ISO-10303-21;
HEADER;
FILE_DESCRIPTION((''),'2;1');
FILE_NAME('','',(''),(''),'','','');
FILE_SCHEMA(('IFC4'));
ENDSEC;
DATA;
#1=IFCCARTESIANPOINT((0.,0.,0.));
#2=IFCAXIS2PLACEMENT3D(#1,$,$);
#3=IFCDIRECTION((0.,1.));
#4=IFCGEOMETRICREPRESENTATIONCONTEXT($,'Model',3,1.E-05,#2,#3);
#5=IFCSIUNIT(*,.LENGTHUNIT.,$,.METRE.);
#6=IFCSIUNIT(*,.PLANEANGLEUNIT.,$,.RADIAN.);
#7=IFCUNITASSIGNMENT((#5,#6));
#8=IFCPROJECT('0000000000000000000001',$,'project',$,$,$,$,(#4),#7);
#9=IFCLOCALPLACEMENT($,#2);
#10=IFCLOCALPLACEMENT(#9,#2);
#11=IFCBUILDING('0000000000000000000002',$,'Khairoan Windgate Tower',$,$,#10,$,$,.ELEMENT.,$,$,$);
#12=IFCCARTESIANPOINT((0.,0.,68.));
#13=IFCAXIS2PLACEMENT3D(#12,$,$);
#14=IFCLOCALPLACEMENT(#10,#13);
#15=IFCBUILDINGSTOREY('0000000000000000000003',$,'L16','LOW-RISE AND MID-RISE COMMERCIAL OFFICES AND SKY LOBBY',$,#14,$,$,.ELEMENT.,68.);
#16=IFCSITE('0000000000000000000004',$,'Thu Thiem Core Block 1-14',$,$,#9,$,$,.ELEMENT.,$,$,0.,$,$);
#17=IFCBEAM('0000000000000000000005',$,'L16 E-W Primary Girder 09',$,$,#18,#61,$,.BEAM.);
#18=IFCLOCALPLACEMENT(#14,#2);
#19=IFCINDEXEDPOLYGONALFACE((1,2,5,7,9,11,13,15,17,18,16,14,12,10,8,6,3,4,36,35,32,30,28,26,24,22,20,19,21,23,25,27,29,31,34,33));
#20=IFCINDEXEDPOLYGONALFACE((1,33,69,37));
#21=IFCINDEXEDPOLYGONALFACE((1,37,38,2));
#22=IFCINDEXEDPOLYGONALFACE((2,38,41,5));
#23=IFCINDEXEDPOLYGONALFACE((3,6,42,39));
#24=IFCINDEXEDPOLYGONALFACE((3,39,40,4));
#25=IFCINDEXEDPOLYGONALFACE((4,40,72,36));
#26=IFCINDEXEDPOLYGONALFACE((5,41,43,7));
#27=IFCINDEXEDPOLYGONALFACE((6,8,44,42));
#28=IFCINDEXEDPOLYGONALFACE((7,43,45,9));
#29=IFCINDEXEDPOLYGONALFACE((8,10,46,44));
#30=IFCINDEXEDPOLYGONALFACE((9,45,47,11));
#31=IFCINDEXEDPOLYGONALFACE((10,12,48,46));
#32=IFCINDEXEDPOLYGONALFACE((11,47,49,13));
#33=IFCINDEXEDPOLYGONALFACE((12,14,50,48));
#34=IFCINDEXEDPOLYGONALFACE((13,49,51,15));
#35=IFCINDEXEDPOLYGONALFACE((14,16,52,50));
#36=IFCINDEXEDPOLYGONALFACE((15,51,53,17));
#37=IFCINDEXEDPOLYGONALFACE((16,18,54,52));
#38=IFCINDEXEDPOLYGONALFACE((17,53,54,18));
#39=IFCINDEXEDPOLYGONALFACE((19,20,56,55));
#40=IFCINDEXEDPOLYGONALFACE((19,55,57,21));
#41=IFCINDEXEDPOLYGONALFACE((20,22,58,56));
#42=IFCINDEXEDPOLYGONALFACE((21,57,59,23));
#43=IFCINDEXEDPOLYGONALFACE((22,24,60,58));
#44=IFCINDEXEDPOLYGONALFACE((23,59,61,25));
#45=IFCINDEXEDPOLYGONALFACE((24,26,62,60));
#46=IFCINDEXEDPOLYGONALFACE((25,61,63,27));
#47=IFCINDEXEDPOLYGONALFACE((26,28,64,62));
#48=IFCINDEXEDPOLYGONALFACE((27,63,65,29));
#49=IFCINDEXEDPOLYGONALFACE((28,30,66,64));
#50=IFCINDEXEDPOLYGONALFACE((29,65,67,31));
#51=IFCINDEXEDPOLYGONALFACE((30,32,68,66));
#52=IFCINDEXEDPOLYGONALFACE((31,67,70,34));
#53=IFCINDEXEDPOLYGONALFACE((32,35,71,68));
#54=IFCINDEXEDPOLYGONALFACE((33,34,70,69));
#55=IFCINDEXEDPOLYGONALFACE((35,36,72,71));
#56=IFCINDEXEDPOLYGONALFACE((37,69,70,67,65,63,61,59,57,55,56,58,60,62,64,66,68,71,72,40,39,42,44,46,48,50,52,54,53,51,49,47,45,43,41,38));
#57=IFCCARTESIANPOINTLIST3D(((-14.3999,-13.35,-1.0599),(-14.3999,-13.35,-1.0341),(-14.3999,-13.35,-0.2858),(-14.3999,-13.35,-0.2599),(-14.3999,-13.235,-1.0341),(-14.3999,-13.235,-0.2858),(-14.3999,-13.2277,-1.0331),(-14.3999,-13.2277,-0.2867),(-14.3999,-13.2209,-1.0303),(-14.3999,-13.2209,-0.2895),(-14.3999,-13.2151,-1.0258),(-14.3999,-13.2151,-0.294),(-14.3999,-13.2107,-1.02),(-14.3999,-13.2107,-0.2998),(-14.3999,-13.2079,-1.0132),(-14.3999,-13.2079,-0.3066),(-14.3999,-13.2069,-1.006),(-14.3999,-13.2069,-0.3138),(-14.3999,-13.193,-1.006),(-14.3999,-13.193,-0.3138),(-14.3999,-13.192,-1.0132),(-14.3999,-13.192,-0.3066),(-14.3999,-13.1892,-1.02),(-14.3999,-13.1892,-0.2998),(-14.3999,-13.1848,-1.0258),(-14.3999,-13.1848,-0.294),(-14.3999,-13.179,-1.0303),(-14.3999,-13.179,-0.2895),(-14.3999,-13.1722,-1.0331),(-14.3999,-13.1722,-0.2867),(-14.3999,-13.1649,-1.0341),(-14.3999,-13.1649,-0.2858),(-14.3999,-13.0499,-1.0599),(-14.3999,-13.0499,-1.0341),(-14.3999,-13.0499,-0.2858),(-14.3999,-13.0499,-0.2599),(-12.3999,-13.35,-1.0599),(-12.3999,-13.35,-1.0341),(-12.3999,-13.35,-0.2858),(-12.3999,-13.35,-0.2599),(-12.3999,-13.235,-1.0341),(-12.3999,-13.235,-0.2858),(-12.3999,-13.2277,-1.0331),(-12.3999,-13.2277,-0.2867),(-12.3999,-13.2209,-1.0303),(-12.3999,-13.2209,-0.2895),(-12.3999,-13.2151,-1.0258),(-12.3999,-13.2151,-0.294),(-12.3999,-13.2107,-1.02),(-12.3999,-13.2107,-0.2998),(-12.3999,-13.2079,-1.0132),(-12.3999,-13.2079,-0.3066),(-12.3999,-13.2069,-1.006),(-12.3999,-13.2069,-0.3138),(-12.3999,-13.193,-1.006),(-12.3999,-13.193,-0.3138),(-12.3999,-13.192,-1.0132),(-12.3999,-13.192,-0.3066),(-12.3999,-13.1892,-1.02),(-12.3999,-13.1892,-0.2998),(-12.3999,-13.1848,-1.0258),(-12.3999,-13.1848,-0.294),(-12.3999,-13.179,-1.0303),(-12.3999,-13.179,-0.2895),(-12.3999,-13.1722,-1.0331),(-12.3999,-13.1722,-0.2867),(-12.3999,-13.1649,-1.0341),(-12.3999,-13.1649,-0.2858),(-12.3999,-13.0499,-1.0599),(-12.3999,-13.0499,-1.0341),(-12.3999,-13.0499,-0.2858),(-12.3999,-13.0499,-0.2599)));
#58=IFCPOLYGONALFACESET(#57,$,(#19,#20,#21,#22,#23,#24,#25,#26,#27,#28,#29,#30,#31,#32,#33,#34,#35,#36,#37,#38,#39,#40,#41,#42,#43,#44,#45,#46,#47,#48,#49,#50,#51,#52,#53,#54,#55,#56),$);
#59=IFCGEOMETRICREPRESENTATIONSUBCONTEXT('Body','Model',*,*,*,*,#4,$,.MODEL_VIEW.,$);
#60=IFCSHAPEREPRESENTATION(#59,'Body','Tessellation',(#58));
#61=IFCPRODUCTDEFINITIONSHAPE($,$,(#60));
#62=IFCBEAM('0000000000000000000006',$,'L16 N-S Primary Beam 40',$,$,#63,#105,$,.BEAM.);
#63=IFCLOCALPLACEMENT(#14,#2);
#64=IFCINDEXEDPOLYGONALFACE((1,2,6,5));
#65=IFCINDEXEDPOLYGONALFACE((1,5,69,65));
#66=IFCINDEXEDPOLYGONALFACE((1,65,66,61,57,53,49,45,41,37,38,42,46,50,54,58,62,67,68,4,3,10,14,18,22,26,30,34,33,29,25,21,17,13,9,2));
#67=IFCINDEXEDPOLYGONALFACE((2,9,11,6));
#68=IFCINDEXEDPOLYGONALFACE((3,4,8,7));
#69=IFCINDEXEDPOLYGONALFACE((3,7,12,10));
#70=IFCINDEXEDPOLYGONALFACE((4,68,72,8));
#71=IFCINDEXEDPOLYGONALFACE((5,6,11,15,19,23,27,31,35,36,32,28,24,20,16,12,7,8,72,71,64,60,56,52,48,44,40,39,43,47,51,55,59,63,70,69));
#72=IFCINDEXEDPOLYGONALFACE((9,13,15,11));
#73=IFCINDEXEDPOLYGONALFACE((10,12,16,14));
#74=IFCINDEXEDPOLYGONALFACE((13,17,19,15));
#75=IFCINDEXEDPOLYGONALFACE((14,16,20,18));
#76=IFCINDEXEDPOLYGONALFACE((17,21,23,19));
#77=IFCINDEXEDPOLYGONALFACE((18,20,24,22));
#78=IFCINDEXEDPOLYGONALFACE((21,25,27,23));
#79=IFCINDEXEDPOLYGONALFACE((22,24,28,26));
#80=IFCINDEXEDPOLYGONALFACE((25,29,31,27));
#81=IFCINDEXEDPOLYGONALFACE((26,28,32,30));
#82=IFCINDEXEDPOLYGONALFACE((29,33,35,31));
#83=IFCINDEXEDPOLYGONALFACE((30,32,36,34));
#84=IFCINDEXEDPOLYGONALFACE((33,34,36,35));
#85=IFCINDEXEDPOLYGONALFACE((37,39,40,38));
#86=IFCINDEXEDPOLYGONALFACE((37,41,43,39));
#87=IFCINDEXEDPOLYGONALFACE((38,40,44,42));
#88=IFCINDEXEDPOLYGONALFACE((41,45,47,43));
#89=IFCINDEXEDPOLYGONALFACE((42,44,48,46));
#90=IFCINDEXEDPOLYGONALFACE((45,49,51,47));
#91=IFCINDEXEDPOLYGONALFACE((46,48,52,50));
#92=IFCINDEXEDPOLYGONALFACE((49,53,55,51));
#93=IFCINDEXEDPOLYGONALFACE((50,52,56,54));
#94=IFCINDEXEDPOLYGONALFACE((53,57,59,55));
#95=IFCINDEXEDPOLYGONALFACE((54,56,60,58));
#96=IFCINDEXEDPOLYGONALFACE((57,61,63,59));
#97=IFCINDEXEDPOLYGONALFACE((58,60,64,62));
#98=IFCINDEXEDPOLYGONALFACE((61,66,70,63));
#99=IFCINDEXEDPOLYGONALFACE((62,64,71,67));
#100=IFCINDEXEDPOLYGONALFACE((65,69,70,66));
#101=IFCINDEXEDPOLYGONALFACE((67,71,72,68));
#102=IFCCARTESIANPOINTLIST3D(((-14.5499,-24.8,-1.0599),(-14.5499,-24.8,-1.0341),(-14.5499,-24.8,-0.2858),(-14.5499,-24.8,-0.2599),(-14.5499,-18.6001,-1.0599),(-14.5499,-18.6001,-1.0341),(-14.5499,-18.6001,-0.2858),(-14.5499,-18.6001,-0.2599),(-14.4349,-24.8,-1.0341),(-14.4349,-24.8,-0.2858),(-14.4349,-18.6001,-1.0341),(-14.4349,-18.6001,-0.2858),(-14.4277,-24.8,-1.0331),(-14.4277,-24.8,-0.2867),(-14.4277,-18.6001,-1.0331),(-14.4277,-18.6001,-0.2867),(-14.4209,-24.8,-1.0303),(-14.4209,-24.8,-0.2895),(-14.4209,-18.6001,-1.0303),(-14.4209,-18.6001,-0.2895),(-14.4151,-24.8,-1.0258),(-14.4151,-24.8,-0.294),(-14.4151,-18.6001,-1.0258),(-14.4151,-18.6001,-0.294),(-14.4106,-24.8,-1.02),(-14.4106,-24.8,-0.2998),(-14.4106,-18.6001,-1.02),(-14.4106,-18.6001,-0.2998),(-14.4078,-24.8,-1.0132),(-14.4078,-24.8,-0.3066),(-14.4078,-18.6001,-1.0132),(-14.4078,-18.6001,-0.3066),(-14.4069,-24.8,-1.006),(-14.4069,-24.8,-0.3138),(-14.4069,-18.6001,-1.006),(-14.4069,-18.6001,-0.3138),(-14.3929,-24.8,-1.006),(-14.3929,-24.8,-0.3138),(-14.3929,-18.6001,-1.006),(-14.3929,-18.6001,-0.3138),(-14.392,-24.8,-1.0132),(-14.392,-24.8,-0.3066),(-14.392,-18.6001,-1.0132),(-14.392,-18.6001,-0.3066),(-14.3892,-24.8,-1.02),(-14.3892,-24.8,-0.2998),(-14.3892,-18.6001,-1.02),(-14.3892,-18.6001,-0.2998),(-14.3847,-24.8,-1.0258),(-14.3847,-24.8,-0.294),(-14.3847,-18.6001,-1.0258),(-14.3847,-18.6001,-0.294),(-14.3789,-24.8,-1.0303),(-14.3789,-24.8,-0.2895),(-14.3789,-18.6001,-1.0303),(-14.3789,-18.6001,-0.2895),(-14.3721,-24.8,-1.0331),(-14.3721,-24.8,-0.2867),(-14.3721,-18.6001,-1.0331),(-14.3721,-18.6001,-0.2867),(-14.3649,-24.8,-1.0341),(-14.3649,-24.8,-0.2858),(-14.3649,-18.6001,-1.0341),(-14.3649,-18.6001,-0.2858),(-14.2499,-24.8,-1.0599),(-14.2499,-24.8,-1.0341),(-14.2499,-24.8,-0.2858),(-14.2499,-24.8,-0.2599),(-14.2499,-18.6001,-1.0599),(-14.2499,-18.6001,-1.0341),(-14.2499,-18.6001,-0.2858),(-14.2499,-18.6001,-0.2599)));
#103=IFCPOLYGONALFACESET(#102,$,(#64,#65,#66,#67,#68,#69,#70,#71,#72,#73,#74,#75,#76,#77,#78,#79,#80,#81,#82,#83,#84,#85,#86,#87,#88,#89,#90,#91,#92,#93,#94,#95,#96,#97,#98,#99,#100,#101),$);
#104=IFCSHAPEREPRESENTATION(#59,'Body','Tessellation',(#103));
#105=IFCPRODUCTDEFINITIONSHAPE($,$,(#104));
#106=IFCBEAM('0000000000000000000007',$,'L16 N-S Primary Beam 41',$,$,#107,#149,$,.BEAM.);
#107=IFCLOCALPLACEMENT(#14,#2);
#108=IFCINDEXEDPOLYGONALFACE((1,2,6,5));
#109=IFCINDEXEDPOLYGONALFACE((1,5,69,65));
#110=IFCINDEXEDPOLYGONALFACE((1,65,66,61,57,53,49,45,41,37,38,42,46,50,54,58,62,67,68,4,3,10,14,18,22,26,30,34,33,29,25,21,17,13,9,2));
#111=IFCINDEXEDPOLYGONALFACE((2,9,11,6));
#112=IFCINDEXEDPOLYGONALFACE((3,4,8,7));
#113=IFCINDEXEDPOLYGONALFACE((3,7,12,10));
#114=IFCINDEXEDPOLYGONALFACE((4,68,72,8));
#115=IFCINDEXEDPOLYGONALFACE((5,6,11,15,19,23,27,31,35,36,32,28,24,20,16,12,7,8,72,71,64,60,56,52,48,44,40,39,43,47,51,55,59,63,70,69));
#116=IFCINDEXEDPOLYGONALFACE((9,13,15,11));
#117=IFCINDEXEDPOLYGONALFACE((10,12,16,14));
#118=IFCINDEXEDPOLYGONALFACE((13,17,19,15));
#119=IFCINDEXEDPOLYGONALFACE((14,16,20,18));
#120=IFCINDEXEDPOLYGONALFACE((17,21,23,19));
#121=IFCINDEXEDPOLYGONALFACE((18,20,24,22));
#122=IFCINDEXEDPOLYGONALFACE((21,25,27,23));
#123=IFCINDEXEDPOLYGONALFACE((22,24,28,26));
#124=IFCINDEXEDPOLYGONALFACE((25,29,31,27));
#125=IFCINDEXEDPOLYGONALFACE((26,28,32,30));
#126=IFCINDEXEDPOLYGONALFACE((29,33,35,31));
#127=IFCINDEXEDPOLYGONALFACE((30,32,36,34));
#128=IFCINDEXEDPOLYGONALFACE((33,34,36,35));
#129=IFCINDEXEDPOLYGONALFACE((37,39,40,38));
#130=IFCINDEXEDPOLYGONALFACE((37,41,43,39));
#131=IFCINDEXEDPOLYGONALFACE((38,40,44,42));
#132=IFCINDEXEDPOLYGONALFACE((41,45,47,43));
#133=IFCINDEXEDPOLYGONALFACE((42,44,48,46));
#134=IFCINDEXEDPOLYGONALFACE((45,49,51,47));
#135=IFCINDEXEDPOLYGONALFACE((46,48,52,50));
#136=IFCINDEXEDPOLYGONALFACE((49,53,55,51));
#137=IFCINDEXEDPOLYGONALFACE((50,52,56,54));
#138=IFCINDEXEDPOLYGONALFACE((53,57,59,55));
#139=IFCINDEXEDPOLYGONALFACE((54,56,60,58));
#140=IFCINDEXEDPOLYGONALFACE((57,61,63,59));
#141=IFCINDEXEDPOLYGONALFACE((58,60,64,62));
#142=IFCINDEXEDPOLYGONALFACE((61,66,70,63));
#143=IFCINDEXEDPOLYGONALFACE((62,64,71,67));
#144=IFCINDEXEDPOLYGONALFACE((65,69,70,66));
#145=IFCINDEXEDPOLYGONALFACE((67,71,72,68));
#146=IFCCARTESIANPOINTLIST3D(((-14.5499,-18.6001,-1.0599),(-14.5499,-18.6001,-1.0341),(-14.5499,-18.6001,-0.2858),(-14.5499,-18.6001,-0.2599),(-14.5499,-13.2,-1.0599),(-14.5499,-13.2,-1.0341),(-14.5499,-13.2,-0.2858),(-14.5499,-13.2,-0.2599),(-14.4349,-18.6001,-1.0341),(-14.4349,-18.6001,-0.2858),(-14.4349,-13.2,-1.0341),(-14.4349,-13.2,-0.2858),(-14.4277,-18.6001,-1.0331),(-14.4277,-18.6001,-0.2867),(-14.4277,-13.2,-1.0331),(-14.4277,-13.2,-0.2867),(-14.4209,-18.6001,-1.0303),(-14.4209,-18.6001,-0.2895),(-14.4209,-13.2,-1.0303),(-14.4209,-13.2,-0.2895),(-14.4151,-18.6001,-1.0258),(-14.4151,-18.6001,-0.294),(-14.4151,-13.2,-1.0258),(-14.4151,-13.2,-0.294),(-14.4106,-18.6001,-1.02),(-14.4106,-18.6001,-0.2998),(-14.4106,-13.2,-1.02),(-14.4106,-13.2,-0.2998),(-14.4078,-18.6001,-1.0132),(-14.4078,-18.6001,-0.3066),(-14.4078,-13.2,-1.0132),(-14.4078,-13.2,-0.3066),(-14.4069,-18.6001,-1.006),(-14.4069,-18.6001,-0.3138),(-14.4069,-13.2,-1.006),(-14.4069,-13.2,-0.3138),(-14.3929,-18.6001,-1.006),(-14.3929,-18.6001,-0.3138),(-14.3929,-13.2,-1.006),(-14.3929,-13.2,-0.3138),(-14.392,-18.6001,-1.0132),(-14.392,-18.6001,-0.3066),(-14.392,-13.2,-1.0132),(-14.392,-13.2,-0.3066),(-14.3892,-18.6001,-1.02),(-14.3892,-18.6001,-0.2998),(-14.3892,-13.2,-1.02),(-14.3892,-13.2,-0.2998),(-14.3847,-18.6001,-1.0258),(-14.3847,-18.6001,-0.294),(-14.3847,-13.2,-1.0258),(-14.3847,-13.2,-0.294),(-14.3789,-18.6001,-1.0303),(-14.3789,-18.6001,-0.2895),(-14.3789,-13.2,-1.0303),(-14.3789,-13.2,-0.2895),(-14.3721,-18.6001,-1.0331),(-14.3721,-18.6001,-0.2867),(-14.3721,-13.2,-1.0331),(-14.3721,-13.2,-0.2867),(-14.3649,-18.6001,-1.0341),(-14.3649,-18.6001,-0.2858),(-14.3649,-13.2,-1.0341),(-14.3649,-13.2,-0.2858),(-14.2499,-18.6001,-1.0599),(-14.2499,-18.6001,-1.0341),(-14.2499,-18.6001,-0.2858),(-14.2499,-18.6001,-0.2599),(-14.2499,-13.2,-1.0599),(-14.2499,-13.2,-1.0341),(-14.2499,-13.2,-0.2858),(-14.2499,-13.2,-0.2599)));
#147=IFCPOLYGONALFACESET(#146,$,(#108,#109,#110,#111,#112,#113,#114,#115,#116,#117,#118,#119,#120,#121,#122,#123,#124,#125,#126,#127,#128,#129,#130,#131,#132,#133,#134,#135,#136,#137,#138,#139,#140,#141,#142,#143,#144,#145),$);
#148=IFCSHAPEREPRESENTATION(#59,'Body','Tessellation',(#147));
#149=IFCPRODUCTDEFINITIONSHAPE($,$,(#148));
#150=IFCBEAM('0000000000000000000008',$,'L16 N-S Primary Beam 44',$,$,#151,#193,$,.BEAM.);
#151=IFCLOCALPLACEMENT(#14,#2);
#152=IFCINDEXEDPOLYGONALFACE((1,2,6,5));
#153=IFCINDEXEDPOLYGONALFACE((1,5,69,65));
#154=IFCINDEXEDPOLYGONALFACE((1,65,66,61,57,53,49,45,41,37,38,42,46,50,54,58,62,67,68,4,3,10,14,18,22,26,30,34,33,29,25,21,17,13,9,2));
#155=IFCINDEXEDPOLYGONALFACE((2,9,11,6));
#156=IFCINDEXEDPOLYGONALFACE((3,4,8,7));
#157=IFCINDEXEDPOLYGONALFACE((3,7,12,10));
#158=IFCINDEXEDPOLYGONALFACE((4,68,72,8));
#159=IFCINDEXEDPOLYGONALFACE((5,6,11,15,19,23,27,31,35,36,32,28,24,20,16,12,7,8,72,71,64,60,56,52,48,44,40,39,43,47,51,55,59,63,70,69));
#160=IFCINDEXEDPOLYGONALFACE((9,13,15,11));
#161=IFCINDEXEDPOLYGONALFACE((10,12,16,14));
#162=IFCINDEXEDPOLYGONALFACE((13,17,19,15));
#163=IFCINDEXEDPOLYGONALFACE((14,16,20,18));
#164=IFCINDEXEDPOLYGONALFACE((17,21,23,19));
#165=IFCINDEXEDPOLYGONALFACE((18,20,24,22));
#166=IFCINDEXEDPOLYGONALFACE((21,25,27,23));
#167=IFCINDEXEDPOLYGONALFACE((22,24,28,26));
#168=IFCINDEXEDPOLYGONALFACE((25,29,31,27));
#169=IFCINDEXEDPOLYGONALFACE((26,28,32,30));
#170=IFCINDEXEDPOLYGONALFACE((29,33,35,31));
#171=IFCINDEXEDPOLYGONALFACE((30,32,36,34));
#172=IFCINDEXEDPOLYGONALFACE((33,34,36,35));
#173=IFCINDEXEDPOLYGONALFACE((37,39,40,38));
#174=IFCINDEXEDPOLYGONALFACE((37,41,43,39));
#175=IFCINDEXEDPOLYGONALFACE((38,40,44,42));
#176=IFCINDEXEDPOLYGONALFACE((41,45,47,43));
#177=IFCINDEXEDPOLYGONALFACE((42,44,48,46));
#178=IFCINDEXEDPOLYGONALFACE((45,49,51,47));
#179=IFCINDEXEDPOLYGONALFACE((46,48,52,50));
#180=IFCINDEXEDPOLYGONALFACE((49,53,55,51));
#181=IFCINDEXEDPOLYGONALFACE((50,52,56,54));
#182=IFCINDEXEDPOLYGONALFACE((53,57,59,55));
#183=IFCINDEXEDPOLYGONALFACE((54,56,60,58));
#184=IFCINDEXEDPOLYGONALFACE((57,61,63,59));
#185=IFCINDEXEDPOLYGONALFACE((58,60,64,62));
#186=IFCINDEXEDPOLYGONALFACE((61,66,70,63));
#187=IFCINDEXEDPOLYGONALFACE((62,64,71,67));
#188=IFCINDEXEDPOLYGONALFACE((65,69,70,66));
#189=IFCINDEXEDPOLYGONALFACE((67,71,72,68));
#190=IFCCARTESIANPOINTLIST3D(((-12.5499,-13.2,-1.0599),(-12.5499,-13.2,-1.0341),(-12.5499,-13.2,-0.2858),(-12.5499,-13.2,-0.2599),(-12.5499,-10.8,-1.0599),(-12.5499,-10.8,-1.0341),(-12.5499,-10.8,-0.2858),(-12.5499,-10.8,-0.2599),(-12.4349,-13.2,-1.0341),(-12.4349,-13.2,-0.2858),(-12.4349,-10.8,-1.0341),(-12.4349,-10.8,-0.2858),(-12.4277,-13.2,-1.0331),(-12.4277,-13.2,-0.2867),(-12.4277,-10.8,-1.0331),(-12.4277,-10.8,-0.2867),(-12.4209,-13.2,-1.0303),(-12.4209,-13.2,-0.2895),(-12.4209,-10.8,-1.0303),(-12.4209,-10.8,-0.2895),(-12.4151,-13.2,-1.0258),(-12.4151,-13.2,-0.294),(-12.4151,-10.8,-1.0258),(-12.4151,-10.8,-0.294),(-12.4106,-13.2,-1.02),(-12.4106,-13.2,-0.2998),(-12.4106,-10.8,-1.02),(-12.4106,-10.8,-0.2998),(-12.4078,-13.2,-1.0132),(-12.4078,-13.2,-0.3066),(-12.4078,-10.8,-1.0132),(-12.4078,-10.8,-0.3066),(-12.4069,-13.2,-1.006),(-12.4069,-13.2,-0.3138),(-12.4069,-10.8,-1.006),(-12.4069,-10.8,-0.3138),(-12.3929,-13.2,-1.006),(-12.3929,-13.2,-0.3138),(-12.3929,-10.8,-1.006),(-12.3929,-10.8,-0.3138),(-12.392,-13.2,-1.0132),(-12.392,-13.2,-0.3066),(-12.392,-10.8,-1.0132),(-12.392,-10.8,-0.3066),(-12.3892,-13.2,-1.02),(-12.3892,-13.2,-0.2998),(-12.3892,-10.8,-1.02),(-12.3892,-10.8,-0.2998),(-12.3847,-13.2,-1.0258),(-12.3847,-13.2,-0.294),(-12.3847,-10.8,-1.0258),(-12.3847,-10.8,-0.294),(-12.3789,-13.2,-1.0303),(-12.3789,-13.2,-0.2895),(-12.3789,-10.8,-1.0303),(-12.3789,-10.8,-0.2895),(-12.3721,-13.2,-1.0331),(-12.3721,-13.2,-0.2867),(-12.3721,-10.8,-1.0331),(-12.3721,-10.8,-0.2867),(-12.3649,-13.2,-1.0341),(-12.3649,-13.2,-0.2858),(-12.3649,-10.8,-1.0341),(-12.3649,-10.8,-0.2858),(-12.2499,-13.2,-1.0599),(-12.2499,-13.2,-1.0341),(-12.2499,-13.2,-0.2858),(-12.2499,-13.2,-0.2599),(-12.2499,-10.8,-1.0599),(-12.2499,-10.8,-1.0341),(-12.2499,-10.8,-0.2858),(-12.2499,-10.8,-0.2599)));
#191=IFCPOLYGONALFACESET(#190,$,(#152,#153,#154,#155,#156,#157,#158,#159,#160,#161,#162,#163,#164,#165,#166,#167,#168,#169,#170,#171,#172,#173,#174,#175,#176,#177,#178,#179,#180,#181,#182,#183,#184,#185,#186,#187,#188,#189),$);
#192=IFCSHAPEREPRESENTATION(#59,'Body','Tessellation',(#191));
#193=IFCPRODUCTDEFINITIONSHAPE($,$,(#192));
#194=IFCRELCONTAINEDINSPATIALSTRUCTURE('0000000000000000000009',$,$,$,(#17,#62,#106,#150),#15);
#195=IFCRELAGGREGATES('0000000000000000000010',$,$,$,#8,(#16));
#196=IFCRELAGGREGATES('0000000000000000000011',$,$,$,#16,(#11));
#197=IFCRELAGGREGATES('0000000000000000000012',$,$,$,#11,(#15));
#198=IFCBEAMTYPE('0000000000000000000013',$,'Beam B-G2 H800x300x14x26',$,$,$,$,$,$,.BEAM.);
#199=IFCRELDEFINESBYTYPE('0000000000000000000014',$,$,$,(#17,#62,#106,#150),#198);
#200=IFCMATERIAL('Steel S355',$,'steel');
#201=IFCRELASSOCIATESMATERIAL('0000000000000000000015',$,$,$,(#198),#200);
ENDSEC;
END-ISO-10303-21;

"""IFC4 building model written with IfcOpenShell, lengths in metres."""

from ifc_helpers import new_model, si_unit, direction, frame, origin, origin_2d, place, context, subcontext, project, spatial, i_section, extrude, material, material_profile, profile_set, type_object, element, save


model = new_model("IFC4")

# Units and contexts
model_context = context("Model", 3, precision=1e-05, world=origin(), true_north=direction((0.0, 1.0)))
body_context = subcontext(model_context, "Body", "Model", "MODEL_VIEW")
ifc_project = project(units=[si_unit("LENGTHUNIT", "METRE"), si_unit("PLANEANGLEUNIT", "RADIAN")], contexts=[model_context])

# Site, building, storey
site_placement = place(None, origin())
site = spatial("IfcSite", under=ifc_project, at=site_placement, Name="Thu Thiem Core Block 1-14", CompositionType="ELEMENT", RefElevation=0.0)
building_placement = place(site_placement, origin())
building = spatial("IfcBuilding", under=site, at=building_placement, Name="Khairoan Windgate Tower", CompositionType="ELEMENT")
storey_placement = place(building_placement, frame((0.0, 0.0, 68.0)))
storey = spatial("IfcBuildingStorey", under=building, at=storey_placement, Name="L16", Description="LOW-RISE AND MID-RISE COMMERCIAL OFFICES AND SKY LOBBY", CompositionType="ELEMENT", Elevation=68.0)

# Beams
ifc_material_1 = material(Name="Steel S355", Category="steel")
ifc_material_profile_1 = material_profile(ifc_material_1, i_section(OverallWidth=0.3, OverallDepth=0.8, WebThickness=0.0139, FlangeThickness=0.0259, FilletRadius=0.0281, at=origin_2d()))
ifc_profile_set_1 = profile_set([ifc_material_profile_1], Name="Steel S355")
beam_type_1 = type_object("IfcBeamType", Name="Beam B-G2 H800x300x14x26", PredefinedType="BEAM", material=ifc_profile_set_1)
beam_1_placement = place(storey_placement, frame((-14.3999, -13.2, -0.6599), z_axis=(1.0, 0.0, 0.0), x_axis=(0.0, 1.0, 0.0)))
element("IfcBeam", 1, at=beam_1_placement, inside=storey, type_object=beam_type_1, Name="L16 E-W Primary Girder 09", PredefinedType="BEAM", context=body_context, shape_type="SweptSolid", body=[
    extrude(i_section(OverallWidth=0.3, OverallDepth=0.8, WebThickness=0.0139, FlangeThickness=0.0259, FilletRadius=0.0281, at=origin_2d()), origin(), (0.0, 0.0, 1.0), 2.0),
])
beam_2_placement = place(storey_placement, frame((-14.3999, -24.8, -0.6599), z_axis=(0.0, 1.0, 0.0), x_axis=(-1.0, 0.0, 0.0)))
element("IfcBeam", 2, at=beam_2_placement, inside=storey, type_object=beam_type_1, Name="L16 N-S Primary Beam 40", PredefinedType="BEAM", context=body_context, shape_type="SweptSolid", body=[
    extrude(i_section(OverallWidth=0.3, OverallDepth=0.8, WebThickness=0.0139, FlangeThickness=0.0259, FilletRadius=0.0281, at=origin_2d()), origin(), (0.0, 0.0, 1.0), 6.2),
])
beam_3_placement = place(storey_placement, frame((-14.3999, -18.6001, -0.6599), z_axis=(0.0, 1.0, 0.0), x_axis=(-1.0, 0.0, 0.0)))
element("IfcBeam", 3, at=beam_3_placement, inside=storey, type_object=beam_type_1, Name="L16 N-S Primary Beam 41", PredefinedType="BEAM", context=body_context, shape_type="SweptSolid", body=[
    extrude(i_section(OverallWidth=0.3, OverallDepth=0.8, WebThickness=0.0139, FlangeThickness=0.0259, FilletRadius=0.0281, at=origin_2d()), origin(), (0.0, 0.0, 1.0), 5.4001),
])
beam_4_placement = place(storey_placement, frame((-12.3999, -13.2, -0.6599), z_axis=(0.0, 1.0, 0.0), x_axis=(-1.0, 0.0, 0.0)))
element("IfcBeam", 4, at=beam_4_placement, inside=storey, type_object=beam_type_1, Name="L16 N-S Primary Beam 44", PredefinedType="BEAM", context=body_context, shape_type="SweptSolid", body=[
    extrude(i_section(OverallWidth=0.3, OverallDepth=0.8, WebThickness=0.0139, FlangeThickness=0.0259, FilletRadius=0.0281, at=origin_2d()), origin(), (0.0, 0.0, 1.0), 2.3999),
])

save(model, "model.ifc")
